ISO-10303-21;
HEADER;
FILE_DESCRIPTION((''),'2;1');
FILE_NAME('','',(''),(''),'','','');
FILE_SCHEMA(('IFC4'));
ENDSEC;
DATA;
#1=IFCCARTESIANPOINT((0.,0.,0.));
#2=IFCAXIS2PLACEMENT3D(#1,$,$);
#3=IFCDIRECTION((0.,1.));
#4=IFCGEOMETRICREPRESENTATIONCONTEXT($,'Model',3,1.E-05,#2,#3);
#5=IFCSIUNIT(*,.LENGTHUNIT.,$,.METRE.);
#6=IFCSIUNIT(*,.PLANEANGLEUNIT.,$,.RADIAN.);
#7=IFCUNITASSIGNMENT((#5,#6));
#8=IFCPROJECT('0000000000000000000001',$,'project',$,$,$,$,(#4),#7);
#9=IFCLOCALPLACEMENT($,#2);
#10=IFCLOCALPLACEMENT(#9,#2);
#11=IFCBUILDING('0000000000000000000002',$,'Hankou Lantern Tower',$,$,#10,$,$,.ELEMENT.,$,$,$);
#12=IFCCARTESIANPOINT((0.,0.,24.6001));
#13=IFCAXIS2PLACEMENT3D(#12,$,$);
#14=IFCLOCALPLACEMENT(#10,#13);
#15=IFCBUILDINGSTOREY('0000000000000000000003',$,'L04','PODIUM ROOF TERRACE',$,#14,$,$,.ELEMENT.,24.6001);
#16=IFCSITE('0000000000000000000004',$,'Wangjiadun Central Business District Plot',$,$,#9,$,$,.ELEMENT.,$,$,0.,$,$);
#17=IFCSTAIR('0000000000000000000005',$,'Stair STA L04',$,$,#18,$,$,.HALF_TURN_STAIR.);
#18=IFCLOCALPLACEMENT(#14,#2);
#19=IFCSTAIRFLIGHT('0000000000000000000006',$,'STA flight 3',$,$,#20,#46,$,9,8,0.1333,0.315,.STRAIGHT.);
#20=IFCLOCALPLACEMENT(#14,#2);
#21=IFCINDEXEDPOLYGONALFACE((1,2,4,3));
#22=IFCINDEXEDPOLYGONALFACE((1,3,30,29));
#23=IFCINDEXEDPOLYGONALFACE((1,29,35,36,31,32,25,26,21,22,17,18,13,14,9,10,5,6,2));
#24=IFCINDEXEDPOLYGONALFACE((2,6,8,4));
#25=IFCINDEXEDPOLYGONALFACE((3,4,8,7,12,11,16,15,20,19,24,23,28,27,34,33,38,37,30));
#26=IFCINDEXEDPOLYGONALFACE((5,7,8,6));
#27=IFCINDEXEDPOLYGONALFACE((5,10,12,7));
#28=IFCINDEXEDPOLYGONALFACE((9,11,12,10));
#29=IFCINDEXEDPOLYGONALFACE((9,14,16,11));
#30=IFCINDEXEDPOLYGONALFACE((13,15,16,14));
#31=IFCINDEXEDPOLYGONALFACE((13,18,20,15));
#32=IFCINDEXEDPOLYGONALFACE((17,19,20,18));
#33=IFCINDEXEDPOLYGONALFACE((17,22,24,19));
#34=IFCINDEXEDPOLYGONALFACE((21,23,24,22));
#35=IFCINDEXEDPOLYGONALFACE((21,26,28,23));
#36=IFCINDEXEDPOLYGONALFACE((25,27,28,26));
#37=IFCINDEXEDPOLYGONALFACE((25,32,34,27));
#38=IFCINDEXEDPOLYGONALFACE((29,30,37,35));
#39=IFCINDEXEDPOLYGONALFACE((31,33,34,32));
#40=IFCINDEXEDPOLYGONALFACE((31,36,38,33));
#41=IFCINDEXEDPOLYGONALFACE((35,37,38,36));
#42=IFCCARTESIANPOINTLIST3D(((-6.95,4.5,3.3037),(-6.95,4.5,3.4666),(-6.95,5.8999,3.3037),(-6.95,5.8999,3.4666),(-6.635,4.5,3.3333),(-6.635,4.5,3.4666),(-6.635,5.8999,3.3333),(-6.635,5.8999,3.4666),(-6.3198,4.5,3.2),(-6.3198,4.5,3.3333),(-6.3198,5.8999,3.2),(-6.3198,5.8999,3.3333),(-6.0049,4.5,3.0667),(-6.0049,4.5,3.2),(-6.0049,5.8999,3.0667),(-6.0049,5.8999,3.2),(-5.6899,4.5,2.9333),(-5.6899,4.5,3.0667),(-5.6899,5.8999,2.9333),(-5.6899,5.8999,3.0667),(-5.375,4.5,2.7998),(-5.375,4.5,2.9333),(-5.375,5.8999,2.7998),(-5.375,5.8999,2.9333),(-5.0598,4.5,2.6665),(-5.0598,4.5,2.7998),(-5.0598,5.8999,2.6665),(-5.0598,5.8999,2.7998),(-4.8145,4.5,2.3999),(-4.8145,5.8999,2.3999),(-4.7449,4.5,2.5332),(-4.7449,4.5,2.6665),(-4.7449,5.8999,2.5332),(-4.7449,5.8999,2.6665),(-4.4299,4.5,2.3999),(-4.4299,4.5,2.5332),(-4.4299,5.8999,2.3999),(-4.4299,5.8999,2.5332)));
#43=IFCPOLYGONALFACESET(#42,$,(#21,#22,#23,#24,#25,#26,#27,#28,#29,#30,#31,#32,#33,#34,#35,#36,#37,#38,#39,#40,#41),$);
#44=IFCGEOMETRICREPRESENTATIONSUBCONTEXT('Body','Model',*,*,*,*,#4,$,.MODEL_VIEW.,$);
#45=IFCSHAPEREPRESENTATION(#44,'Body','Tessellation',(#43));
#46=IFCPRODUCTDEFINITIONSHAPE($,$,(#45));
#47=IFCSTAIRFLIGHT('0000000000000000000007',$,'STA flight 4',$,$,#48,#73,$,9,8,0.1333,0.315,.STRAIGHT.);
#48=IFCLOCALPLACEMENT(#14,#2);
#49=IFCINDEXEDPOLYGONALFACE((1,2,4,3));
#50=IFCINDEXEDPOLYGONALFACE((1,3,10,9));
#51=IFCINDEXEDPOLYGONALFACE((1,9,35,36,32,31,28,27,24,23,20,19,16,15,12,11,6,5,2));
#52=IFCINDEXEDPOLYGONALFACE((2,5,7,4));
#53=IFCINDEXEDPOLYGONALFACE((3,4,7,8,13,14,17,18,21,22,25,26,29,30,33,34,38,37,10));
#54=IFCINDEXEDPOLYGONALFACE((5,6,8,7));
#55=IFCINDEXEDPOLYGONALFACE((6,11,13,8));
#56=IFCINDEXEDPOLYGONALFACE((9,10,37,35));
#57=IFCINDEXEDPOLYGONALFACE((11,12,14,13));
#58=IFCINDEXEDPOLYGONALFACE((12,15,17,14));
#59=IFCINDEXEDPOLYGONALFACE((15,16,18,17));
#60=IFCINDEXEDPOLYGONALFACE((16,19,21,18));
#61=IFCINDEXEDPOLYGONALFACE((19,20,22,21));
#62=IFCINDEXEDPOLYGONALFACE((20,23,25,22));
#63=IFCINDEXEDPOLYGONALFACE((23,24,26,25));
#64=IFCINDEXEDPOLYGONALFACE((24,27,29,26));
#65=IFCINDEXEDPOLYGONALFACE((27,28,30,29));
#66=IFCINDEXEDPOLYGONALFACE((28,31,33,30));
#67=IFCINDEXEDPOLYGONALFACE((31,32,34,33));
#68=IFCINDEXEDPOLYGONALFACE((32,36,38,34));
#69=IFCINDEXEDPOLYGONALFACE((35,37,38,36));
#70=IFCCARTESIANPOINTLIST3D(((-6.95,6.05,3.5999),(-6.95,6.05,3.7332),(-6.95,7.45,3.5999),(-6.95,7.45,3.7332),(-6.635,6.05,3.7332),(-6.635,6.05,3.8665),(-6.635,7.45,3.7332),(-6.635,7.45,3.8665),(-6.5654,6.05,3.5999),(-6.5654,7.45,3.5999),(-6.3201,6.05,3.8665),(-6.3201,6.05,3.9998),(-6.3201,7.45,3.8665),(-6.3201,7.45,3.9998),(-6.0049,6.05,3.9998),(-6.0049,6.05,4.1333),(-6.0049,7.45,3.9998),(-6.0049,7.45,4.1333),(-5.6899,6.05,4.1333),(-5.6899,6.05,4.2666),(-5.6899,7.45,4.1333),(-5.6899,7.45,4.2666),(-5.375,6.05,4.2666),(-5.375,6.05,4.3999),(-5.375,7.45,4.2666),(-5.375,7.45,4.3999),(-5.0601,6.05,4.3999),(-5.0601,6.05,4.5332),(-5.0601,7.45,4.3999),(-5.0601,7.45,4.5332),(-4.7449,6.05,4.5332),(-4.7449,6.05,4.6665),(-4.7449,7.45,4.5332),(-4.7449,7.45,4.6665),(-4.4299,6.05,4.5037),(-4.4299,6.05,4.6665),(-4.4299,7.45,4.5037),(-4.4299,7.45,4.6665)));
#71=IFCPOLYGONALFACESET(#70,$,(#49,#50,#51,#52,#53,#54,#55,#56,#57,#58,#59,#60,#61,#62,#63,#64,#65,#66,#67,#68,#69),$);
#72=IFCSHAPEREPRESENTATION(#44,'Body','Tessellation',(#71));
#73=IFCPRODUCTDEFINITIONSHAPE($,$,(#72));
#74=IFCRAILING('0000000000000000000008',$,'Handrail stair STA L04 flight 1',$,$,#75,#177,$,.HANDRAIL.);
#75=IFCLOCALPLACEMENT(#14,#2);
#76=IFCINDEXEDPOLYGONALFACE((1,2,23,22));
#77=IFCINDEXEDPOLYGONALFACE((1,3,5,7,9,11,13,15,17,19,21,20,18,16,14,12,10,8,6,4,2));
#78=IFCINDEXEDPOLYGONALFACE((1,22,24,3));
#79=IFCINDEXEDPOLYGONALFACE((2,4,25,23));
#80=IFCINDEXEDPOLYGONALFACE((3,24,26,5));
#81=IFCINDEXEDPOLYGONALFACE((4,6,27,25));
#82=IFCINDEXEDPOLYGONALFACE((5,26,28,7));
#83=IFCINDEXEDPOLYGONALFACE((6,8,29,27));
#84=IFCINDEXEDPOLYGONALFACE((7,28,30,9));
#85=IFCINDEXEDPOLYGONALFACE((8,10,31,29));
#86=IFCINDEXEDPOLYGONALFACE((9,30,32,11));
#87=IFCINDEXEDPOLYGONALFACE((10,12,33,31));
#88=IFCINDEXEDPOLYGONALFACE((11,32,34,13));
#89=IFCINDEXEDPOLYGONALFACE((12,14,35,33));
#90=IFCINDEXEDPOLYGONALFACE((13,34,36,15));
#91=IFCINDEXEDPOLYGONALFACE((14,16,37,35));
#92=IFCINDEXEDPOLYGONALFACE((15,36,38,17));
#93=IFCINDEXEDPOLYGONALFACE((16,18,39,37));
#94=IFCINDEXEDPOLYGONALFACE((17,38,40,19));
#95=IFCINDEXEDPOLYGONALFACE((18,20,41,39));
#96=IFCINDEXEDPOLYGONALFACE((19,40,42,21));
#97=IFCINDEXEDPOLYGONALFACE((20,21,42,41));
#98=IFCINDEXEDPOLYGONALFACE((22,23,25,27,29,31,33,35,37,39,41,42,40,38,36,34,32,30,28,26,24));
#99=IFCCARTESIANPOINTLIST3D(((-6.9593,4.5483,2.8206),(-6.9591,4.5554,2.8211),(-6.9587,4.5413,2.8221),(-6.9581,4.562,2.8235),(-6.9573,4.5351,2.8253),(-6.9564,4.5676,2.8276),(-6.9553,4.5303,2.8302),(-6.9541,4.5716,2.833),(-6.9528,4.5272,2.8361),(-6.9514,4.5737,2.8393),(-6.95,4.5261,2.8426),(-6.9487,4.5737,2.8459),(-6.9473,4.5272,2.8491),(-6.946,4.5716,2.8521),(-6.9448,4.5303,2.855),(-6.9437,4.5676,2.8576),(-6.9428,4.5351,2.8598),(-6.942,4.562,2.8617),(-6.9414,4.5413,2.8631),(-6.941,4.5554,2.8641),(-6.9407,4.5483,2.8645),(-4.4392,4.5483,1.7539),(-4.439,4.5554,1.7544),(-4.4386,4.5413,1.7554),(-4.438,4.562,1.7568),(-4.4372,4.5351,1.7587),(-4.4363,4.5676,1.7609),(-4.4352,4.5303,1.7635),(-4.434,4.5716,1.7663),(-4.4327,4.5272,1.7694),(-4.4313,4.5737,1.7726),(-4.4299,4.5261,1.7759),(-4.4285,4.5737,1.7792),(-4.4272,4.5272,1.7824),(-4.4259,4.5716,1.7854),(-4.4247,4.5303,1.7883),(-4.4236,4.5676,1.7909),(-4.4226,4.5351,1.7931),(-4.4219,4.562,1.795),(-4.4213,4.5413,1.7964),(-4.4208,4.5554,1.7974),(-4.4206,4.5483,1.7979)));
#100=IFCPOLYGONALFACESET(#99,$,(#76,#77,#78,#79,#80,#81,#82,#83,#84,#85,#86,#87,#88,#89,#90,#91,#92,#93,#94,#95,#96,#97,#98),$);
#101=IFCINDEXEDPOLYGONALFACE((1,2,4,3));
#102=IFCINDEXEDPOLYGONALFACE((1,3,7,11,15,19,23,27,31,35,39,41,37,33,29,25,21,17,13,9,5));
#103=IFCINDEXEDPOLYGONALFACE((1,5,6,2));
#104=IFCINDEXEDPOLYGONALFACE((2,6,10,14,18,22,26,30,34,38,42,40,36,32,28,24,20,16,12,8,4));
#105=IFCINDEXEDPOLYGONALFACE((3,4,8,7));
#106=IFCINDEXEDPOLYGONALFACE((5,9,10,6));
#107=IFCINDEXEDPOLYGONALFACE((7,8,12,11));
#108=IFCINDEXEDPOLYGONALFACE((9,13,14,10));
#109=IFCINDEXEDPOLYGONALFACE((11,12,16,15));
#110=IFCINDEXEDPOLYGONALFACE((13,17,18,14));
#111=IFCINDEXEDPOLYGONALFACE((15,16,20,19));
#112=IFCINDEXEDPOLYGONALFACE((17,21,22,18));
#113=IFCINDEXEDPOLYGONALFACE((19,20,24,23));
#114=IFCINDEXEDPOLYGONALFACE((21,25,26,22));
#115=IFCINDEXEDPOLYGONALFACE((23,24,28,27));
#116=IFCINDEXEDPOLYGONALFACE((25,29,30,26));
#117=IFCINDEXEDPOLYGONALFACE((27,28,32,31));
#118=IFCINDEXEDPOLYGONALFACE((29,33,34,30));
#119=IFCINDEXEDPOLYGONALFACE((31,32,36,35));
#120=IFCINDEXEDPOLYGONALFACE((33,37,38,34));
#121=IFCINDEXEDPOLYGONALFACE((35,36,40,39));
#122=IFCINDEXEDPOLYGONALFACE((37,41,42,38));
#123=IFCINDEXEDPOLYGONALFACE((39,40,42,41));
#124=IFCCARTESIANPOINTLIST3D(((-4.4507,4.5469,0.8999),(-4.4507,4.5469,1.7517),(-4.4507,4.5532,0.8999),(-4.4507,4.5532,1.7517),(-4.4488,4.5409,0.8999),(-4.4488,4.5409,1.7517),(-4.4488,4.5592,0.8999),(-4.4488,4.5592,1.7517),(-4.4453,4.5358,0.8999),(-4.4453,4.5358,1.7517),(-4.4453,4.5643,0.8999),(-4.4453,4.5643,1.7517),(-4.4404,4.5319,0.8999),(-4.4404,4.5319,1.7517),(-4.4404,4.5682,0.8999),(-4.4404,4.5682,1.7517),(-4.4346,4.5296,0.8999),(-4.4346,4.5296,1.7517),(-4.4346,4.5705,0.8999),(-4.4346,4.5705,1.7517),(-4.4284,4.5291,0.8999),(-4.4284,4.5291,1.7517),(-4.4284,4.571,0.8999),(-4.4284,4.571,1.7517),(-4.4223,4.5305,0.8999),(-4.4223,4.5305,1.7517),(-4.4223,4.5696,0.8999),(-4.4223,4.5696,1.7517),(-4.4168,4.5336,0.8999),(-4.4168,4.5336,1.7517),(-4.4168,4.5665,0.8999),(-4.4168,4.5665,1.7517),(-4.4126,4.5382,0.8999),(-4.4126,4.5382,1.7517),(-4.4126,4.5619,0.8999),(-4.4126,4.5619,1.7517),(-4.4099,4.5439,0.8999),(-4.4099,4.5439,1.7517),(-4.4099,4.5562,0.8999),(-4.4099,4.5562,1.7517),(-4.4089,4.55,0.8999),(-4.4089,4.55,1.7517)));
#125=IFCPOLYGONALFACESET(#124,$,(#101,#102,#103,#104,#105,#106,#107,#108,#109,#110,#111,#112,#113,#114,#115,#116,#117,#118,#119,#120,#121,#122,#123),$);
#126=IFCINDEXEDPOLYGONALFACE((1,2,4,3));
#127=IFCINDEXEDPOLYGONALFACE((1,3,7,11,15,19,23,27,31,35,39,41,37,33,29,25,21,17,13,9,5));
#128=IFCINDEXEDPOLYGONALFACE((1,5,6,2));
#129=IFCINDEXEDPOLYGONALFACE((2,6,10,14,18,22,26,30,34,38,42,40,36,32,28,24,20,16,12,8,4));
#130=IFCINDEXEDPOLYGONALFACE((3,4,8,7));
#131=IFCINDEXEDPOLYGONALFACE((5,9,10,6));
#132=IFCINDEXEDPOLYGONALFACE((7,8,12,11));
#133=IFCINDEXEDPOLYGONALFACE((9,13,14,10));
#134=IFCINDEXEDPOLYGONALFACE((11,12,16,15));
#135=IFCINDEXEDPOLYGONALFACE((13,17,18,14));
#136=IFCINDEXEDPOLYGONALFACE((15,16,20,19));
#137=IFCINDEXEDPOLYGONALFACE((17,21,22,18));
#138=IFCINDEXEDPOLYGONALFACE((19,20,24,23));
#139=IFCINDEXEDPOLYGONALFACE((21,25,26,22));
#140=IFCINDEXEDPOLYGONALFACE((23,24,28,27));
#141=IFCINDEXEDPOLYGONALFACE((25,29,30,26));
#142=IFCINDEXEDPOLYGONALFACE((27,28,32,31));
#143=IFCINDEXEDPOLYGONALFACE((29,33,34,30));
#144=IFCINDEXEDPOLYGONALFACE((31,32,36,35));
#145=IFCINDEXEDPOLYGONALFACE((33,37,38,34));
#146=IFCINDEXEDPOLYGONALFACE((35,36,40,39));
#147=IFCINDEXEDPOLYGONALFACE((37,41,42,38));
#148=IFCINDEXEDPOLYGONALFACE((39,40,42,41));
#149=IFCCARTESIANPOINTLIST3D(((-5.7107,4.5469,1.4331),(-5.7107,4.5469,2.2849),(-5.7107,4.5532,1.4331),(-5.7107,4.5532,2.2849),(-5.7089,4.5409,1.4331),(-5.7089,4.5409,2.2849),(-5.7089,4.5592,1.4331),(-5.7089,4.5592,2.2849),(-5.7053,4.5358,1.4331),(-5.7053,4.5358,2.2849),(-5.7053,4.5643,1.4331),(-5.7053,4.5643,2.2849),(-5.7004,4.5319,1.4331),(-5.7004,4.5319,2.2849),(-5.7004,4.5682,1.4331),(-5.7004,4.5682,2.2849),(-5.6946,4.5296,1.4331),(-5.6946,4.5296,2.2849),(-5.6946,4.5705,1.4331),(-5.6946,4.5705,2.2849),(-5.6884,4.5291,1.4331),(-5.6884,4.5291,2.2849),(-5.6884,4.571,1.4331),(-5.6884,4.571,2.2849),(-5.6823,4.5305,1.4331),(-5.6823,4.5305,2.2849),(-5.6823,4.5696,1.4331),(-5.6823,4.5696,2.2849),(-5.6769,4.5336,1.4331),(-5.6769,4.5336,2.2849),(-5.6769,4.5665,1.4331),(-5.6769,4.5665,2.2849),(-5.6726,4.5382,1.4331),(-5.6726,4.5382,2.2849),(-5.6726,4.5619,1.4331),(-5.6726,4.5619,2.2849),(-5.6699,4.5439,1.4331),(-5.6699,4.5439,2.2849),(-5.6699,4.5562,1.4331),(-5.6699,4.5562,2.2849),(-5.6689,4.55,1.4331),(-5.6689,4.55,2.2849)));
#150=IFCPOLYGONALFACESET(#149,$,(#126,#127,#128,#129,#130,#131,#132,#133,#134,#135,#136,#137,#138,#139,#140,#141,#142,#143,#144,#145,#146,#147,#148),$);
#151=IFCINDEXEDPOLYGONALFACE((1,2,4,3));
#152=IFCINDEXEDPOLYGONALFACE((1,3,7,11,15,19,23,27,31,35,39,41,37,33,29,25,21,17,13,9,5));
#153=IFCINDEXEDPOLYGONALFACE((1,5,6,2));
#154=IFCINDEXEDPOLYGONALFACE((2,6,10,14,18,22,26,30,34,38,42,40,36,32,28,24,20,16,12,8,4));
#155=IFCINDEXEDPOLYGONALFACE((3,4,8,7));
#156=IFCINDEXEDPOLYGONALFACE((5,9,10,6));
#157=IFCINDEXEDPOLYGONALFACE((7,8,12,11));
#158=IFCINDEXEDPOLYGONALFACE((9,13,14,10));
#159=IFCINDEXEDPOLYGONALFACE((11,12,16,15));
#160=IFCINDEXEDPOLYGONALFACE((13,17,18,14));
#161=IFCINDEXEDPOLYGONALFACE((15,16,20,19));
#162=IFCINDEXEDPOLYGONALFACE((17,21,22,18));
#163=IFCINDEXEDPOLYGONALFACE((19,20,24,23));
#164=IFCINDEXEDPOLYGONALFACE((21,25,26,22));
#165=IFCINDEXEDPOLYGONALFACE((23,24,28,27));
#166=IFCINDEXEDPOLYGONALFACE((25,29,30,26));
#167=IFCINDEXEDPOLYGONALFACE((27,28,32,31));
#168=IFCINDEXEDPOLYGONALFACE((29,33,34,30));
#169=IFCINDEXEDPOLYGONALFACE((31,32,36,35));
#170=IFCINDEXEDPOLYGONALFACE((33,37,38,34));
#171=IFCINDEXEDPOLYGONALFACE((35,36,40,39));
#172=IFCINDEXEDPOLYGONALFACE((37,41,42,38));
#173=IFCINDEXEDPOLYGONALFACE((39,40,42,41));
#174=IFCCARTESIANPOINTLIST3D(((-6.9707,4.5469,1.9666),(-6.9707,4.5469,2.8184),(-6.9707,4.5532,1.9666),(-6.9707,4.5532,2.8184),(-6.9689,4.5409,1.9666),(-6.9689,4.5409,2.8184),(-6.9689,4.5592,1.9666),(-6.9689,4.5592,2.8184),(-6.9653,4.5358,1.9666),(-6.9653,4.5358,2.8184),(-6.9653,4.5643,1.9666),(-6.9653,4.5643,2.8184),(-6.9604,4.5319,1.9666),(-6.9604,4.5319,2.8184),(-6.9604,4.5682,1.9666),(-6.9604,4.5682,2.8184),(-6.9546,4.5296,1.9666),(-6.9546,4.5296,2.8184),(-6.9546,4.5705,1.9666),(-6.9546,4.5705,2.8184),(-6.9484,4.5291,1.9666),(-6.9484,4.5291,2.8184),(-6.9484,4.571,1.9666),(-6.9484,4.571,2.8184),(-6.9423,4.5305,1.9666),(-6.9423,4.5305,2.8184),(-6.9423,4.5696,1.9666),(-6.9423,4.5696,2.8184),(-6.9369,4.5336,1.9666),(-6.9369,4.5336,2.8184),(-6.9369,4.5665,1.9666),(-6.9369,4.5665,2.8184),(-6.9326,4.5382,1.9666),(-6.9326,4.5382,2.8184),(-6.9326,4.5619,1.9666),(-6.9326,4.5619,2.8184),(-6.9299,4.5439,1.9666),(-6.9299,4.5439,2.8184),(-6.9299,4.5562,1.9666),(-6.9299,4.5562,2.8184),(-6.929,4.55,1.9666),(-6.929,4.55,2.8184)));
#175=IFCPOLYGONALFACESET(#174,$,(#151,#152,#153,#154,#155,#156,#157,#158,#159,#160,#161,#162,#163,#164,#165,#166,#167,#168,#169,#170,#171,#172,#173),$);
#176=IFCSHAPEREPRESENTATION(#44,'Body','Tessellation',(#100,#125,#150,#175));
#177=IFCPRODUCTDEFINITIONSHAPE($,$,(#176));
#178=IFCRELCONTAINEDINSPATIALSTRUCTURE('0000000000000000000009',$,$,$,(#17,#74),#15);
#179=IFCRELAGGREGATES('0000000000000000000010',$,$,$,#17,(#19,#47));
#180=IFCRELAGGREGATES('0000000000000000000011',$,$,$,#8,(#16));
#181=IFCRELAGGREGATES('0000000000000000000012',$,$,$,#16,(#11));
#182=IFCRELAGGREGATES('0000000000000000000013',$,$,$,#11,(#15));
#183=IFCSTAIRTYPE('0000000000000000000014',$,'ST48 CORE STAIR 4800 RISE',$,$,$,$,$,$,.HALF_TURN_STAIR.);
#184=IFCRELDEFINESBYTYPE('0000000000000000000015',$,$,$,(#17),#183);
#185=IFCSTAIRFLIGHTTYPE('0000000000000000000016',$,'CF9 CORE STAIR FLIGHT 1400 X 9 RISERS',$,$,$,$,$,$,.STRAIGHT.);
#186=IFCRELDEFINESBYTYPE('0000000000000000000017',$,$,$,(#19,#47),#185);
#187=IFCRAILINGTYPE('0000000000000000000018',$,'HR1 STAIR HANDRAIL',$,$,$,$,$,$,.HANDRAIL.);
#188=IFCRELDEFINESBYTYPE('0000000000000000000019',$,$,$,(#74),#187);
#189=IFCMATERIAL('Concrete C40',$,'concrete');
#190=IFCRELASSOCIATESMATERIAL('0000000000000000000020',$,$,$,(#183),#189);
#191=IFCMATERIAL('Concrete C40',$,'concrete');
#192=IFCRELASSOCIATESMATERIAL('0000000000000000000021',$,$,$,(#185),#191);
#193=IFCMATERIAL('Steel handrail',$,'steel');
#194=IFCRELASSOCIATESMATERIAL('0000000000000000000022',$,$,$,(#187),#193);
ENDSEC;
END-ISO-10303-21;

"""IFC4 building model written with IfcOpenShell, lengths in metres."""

from ifc_helpers import new_model, si_unit, direction, frame, origin, origin_2d, place, context, subcontext, project, spatial, polyline, circle, outline, extrude, material, type_object, element, aggregate, save


model = new_model("IFC4")

# Units and contexts
model_context = context("Model", 3, precision=1e-05, world=origin(), true_north=direction((0.0, 1.0)))
body_context = subcontext(model_context, "Body", "Model", "MODEL_VIEW")
ifc_project = project(units=[si_unit("LENGTHUNIT", "METRE"), si_unit("PLANEANGLEUNIT", "RADIAN")], contexts=[model_context])

# Site, building, storey
site_placement = place(None, origin())
site = spatial("IfcSite", under=ifc_project, at=site_placement, Name="Wangjiadun Central Business District Plot", CompositionType="ELEMENT", RefElevation=0.0)
building_placement = place(site_placement, origin())
building = spatial("IfcBuilding", under=site, at=building_placement, Name="Hankou Lantern Tower", CompositionType="ELEMENT")
storey_placement = place(building_placement, frame((0.0, 0.0, 24.6001)))
storey = spatial("IfcBuildingStorey", under=building, at=storey_placement, Name="L04", Description="PODIUM ROOF TERRACE", CompositionType="ELEMENT", Elevation=24.6001)

# Stair, stair flights
ifc_material_1 = material(Name="Concrete C40", Category="concrete")
stair_type = type_object("IfcStairType", Name="ST48 CORE STAIR 4800 RISE", PredefinedType="HALF_TURN_STAIR", material=ifc_material_1)
stair_placement = place(storey_placement, origin())
stair = element("IfcStair", 1, at=stair_placement, inside=storey, type_object=stair_type, Name="Stair STA L04", PredefinedType="HALF_TURN_STAIR")
ifc_material_2 = material(Name="Concrete C40", Category="concrete")
stair_flight_type = type_object("IfcStairFlightType", Name="CF9 CORE STAIR FLIGHT 1400 X 9 RISERS", PredefinedType="STRAIGHT", material=ifc_material_2)
stair_flight_1_placement = place(storey_placement, frame((-4.4299, 5.2, 2.3999), z_axis=(0.0, 0.0, 1.0), x_axis=(-1.0, 0.0, 0.0)))
stair_flight_1 = element("IfcStairFlight", 2, at=stair_flight_1_placement, type_object=stair_flight_type, Name="STA flight 3", NumberOfRisers=9, NumberOfTreads=8, PredefinedType="STRAIGHT", RiserHeight=0.1333, TreadLength=0.315, context=body_context, shape_type="SweptSolid", body=[
    extrude(outline(polyline([(0.0, 0.0), (0.0, 0.1333), (0.3149, 0.1333), (0.3149, 0.2666), (0.6299, 0.2666), (0.6299, 0.3999), (0.9451, 0.3999), (0.9451, 0.5334), (1.26, 0.5334), (1.26, 0.6667), (1.575, 0.6667), (1.575, 0.8), (1.8899, 0.8), (1.8899, 0.9333), (2.2051, 0.9333), (2.2051, 1.0667), (2.52, 1.0667), (2.52, 1.2), (2.52, 0.9038), (0.3845, 0.0), (0.0, 0.0)])), frame((0.0, 0.7, 0.0), z_axis=(0.0, -1.0, 0.0), x_axis=(1.0, 0.0, 0.0)), (0.0, 0.0, 1.0), 1.3999),
])
stair_flight_2_placement = place(storey_placement, frame((-6.95, 6.75, 3.5999), z_axis=(0.0, 0.0, 1.0), x_axis=(1.0, 0.0, 0.0)))
stair_flight_2 = element("IfcStairFlight", 3, at=stair_flight_2_placement, type_object=stair_flight_type, Name="STA flight 4", NumberOfRisers=9, NumberOfTreads=8, PredefinedType="STRAIGHT", RiserHeight=0.1333, TreadLength=0.315, context=body_context, shape_type="SweptSolid", body=[
    extrude(outline(polyline([(0.0, 0.0), (0.0, 0.1333), (0.3149, 0.1333), (0.3149, 0.2666), (0.6299, 0.2666), (0.6299, 0.3999), (0.9451, 0.3999), (0.9451, 0.5334), (1.26, 0.5334), (1.26, 0.6667), (1.575, 0.6667), (1.575, 0.8), (1.8899, 0.8), (1.8899, 0.9333), (2.2051, 0.9333), (2.2051, 1.0667), (2.52, 1.0667), (2.52, 1.2), (2.52, 0.9038), (0.3845, 0.0), (0.0, 0.0)])), frame((0.0, 0.7, 0.0), z_axis=(0.0, -1.0, 0.0), x_axis=(1.0, 0.0, 0.0)), (0.0, 0.0, 1.0), 1.3999),
])
aggregate(stair, [stair_flight_1, stair_flight_2])

# Railing
ifc_material_3 = material(Name="Steel handrail", Category="steel")
railing_type = type_object("IfcRailingType", Name="HR1 STAIR HANDRAIL", PredefinedType="HANDRAIL", material=ifc_material_3)
railing_1_placement = place(storey_placement, frame((-4.4299, 4.55, 0.8999)))
element("IfcRailing", 4, at=railing_1_placement, inside=storey, type_object=railing_type, Name="Handrail stair STA L04 flight 1", PredefinedType="HANDRAIL", context=body_context, shape_type="SweptSolid", body=[
    extrude(circle(Radius=0.0239, at=origin_2d()), frame((0.0, 0.0, 0.876), z_axis=(-0.920903, 0.0, 0.389791), x_axis=(0.0, -1.0, 0.0)), (0.0, 0.0, 1.0), 2.7366),
    extrude(circle(Radius=0.021, at=origin_2d()), origin(), (0.0, 0.0, 1.0), 0.8518),
    extrude(circle(Radius=0.021, at=origin_2d()), frame((-1.26, 0.0, 0.5332)), (0.0, 0.0, 1.0), 0.8518),
    extrude(circle(Radius=0.021, at=origin_2d()), frame((-2.52, 0.0, 1.0667)), (0.0, 0.0, 1.0), 0.8518),
])

save(model, "model.ifc")
